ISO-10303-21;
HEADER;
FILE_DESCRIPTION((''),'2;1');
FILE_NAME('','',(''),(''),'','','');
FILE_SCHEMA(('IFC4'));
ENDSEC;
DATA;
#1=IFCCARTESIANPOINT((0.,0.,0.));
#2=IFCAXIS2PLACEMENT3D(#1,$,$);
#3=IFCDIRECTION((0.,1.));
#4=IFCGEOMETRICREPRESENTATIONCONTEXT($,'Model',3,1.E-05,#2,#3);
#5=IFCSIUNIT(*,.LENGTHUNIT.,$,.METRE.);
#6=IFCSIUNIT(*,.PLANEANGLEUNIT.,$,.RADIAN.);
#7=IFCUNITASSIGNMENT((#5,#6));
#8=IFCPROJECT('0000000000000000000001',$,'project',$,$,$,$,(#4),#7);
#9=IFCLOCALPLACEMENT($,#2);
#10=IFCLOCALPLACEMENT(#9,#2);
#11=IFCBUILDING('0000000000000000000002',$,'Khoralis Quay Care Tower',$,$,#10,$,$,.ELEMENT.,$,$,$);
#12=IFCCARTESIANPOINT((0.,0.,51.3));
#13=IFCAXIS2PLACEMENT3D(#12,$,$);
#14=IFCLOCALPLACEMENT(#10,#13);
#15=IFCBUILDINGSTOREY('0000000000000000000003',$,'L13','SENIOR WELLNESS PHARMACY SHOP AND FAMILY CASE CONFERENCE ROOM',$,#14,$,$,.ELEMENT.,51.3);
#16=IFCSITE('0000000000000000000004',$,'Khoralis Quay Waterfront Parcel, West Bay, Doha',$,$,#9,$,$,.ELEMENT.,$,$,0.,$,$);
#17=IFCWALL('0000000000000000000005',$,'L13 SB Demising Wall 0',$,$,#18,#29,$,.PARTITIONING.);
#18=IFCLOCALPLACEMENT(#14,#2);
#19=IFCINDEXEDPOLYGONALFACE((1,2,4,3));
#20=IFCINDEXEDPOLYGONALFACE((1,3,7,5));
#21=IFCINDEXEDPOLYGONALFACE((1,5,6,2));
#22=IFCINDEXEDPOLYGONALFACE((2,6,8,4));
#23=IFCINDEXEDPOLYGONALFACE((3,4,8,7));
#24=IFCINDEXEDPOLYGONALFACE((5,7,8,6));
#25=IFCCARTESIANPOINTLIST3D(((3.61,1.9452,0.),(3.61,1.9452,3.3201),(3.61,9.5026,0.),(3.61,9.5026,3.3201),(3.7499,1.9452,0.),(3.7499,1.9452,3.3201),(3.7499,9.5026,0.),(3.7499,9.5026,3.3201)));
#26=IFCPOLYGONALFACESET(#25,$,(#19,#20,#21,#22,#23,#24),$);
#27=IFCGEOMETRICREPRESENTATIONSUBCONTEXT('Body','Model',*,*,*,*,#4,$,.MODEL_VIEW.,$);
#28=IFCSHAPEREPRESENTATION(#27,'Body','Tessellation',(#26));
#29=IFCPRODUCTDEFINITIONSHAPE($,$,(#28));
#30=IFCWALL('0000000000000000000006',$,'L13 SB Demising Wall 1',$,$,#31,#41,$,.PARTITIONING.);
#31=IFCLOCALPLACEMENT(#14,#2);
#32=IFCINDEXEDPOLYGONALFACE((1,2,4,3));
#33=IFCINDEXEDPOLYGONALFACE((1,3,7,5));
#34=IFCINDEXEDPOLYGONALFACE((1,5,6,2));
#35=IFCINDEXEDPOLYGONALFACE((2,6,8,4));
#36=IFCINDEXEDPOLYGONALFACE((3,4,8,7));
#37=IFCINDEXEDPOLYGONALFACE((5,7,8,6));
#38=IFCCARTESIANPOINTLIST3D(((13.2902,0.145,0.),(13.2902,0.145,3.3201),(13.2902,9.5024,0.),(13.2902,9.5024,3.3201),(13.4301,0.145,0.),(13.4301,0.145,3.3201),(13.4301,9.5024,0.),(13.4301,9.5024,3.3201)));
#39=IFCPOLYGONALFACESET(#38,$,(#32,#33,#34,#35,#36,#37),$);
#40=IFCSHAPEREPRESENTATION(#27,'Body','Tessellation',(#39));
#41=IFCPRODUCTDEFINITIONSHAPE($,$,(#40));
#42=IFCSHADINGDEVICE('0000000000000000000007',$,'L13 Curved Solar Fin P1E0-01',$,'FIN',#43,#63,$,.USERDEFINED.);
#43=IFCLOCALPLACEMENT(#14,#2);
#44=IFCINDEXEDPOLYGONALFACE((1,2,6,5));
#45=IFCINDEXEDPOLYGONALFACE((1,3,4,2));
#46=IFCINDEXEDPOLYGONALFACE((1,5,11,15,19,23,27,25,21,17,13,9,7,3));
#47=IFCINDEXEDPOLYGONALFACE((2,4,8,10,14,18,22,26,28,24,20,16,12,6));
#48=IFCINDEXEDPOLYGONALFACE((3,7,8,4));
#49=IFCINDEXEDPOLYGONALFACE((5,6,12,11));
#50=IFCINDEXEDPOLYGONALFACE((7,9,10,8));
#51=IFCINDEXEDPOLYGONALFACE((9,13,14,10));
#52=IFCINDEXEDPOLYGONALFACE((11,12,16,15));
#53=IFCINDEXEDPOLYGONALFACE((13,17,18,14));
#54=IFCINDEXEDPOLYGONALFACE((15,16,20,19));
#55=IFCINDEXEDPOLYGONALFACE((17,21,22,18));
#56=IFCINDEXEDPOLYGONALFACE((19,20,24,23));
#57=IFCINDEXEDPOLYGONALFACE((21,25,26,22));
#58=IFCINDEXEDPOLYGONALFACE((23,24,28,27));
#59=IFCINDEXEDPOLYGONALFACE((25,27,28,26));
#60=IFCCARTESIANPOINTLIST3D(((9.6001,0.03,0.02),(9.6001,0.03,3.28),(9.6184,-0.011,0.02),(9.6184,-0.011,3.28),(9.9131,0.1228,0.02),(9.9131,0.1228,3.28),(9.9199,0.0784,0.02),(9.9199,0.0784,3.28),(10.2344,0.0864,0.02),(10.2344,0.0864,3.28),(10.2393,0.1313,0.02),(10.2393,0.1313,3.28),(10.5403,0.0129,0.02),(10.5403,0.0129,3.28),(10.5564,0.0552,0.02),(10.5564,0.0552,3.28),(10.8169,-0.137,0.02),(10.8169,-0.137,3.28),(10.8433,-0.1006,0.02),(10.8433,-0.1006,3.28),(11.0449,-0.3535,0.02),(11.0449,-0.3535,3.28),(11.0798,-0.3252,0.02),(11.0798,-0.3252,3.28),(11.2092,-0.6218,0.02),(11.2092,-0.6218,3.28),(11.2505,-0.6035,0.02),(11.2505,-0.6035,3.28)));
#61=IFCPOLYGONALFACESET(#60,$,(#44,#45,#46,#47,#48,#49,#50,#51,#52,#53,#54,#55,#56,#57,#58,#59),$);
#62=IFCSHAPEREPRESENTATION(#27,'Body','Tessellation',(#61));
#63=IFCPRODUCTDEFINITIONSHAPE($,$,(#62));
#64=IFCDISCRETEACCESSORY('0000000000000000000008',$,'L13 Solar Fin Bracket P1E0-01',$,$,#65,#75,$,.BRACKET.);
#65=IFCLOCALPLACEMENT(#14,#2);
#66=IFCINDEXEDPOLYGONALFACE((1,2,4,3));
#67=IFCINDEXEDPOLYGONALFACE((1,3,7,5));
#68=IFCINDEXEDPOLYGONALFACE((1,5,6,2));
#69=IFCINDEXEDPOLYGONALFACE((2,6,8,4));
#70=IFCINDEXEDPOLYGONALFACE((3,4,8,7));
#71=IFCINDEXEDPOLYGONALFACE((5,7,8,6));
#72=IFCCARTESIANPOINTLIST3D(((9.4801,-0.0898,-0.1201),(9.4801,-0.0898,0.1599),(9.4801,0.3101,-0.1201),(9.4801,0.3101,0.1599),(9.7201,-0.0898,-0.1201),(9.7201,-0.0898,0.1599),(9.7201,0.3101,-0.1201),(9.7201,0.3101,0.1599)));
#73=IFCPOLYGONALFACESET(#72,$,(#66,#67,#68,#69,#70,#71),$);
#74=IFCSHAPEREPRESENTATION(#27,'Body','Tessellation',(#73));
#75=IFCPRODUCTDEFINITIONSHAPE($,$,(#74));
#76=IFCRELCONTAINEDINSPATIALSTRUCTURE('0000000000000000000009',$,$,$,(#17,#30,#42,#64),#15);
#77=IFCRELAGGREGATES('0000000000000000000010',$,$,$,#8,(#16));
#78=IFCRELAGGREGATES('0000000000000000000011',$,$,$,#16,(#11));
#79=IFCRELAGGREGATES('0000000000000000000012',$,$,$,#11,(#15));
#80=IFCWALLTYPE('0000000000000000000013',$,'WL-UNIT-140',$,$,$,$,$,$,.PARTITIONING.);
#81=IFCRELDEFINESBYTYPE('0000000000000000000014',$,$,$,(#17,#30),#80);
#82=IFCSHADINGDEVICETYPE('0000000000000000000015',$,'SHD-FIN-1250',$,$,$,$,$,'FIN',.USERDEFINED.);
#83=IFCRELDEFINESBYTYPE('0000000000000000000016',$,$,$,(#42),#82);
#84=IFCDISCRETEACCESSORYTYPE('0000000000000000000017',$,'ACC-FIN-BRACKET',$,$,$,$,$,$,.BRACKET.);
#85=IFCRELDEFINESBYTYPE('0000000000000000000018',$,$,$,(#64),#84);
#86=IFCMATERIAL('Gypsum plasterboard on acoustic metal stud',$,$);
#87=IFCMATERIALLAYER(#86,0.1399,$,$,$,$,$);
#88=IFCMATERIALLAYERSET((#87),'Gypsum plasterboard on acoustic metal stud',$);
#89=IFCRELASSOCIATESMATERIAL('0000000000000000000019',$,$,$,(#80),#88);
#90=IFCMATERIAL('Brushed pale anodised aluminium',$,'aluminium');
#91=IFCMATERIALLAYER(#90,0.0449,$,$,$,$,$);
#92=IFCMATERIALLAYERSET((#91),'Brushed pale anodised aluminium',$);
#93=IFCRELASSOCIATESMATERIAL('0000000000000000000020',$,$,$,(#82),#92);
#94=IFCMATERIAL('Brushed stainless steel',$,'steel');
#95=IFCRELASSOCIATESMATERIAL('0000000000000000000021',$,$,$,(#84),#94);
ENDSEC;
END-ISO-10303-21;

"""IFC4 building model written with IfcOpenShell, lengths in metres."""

from ifc_helpers import new_model, si_unit, direction, frame, frame_2d, origin, origin_2d, place, context, subcontext, project, spatial, polyline, rectangle, outline, extrude, source, transform, mapped, material, layer, layer_set, type_object, element, save


model = new_model("IFC4")

# Units and contexts
model_context = context("Model", 3, precision=1e-05, world=origin(), true_north=direction((0.0, 1.0)))
body_context = subcontext(model_context, "Body", "Model", "MODEL_VIEW")
ifc_project = project(units=[si_unit("LENGTHUNIT", "METRE"), si_unit("PLANEANGLEUNIT", "RADIAN")], contexts=[model_context])

# Site, building, storey
site_placement = place(None, origin())
site = spatial("IfcSite", under=ifc_project, at=site_placement, Name="Khoralis Quay Waterfront Parcel, West Bay, Doha", CompositionType="ELEMENT", RefElevation=0.0)
building_placement = place(site_placement, origin())
building = spatial("IfcBuilding", under=site, at=building_placement, Name="Khoralis Quay Care Tower", CompositionType="ELEMENT")
storey_placement = place(building_placement, frame((0.0, 0.0, 51.3)))
storey = spatial("IfcBuildingStorey", under=building, at=storey_placement, Name="L13", Description="SENIOR WELLNESS PHARMACY SHOP AND FAMILY CASE CONFERENCE ROOM", CompositionType="ELEMENT", Elevation=51.3)

# Walls
ifc_material_1 = material(Name="Gypsum plasterboard on acoustic metal stud")
ifc_layer_1 = layer(ifc_material_1, 0.1399)
ifc_layer_set_1 = layer_set([ifc_layer_1], Name="Gypsum plasterboard on acoustic metal stud")
wall_type_1 = type_object("IfcWallType", Name="WL-UNIT-140", PredefinedType="PARTITIONING", material=ifc_layer_set_1)
wall_1_placement = place(storey_placement, frame((3.6799, 1.9451, 0.0), z_axis=(0.0, 0.0, 1.0), x_axis=(0.0, 1.0, 0.0)))
element("IfcWall", 1, at=wall_1_placement, inside=storey, type_object=wall_type_1, Name="L13 SB Demising Wall 0", PredefinedType="PARTITIONING", context=body_context, shape_type="SweptSolid", body=[
    extrude(rectangle(XDim=7.5574, YDim=0.1399, at=frame_2d((3.7788, 0.0))), origin(), (0.0, 0.0, 1.0), 3.3201),
])
wall_2_placement = place(storey_placement, frame((13.3601, 0.145, 0.0), z_axis=(0.0, 0.0, 1.0), x_axis=(0.0, 1.0, 0.0)))
element("IfcWall", 2, at=wall_2_placement, inside=storey, type_object=wall_type_1, Name="L13 SB Demising Wall 1", PredefinedType="PARTITIONING", context=body_context, shape_type="SweptSolid", body=[
    extrude(rectangle(XDim=9.3574, YDim=0.1399, at=frame_2d((4.6787, 0.0))), origin(), (0.0, 0.0, 1.0), 3.3201),
])

# Shading device
ifc_material_2 = material(Name="Brushed pale anodised aluminium", Category="aluminium")
ifc_layer_2 = layer(ifc_material_2, 0.0449)
ifc_layer_set_2 = layer_set([ifc_layer_2], Name="Brushed pale anodised aluminium")
shading_device_type = type_object("IfcShadingDeviceType", Name="SHD-FIN-1250", ElementType="FIN", PredefinedType="USERDEFINED", material=ifc_layer_set_2)
shared_shape_1 = source(origin(), body_context, "Body", "SweptSolid", [
    extrude(outline(polyline([(0.0, 0.0), (-0.0928, 0.313), (-0.1013, 0.6392), (-0.0251, 0.9563), (0.1306, 1.2432), (0.3552, 1.4797), (0.6335, 1.6504), (0.6519, 1.6091), (0.3835, 1.4448), (0.167, 1.2168), (0.0171, 0.9402), (-0.0564, 0.6343), (-0.0483, 0.3198), (0.041, 0.0183), (0.0, 0.0)])), origin(), (0.0, 0.0, 1.0), 3.26),
])
shading_device_placement = place(storey_placement, frame((9.6001, 0.03, 0.02), z_axis=(0.0, 0.0, 1.0), x_axis=(0.0, -1.0, 0.0)))
element("IfcShadingDevice", 3, at=shading_device_placement, inside=storey, type_object=shading_device_type, Name="L13 Curved Solar Fin P1E0-01", ObjectType="FIN", PredefinedType="USERDEFINED", context=body_context, shape_type="MappedRepresentation", body=[
    mapped(shared_shape_1, transform((0.0, 0.0, 0.0), scale=1.0)),
])

# Discrete accessory
ifc_material_3 = material(Name="Brushed stainless steel", Category="steel")
discrete_accessory_type = type_object("IfcDiscreteAccessoryType", Name="ACC-FIN-BRACKET", PredefinedType="BRACKET", material=ifc_material_3)
shared_shape_2 = source(origin(), body_context, "Body", "SweptSolid", [
    extrude(rectangle(XDim=0.3999, YDim=0.24, at=origin_2d()), origin(), (0.0, 0.0, 1.0), 0.28),
])
discrete_accessory_placement = place(storey_placement, frame((9.6001, 0.1101, -0.1201), z_axis=(0.0, 0.0, 1.0), x_axis=(0.0, -1.0, 0.0)))
element("IfcDiscreteAccessory", 4, at=discrete_accessory_placement, inside=storey, type_object=discrete_accessory_type, Name="L13 Solar Fin Bracket P1E0-01", PredefinedType="BRACKET", context=body_context, shape_type="MappedRepresentation", body=[
    mapped(shared_shape_2, transform((0.0, 0.0, 0.0), scale=1.0)),
])

save(model, "model.ifc")
